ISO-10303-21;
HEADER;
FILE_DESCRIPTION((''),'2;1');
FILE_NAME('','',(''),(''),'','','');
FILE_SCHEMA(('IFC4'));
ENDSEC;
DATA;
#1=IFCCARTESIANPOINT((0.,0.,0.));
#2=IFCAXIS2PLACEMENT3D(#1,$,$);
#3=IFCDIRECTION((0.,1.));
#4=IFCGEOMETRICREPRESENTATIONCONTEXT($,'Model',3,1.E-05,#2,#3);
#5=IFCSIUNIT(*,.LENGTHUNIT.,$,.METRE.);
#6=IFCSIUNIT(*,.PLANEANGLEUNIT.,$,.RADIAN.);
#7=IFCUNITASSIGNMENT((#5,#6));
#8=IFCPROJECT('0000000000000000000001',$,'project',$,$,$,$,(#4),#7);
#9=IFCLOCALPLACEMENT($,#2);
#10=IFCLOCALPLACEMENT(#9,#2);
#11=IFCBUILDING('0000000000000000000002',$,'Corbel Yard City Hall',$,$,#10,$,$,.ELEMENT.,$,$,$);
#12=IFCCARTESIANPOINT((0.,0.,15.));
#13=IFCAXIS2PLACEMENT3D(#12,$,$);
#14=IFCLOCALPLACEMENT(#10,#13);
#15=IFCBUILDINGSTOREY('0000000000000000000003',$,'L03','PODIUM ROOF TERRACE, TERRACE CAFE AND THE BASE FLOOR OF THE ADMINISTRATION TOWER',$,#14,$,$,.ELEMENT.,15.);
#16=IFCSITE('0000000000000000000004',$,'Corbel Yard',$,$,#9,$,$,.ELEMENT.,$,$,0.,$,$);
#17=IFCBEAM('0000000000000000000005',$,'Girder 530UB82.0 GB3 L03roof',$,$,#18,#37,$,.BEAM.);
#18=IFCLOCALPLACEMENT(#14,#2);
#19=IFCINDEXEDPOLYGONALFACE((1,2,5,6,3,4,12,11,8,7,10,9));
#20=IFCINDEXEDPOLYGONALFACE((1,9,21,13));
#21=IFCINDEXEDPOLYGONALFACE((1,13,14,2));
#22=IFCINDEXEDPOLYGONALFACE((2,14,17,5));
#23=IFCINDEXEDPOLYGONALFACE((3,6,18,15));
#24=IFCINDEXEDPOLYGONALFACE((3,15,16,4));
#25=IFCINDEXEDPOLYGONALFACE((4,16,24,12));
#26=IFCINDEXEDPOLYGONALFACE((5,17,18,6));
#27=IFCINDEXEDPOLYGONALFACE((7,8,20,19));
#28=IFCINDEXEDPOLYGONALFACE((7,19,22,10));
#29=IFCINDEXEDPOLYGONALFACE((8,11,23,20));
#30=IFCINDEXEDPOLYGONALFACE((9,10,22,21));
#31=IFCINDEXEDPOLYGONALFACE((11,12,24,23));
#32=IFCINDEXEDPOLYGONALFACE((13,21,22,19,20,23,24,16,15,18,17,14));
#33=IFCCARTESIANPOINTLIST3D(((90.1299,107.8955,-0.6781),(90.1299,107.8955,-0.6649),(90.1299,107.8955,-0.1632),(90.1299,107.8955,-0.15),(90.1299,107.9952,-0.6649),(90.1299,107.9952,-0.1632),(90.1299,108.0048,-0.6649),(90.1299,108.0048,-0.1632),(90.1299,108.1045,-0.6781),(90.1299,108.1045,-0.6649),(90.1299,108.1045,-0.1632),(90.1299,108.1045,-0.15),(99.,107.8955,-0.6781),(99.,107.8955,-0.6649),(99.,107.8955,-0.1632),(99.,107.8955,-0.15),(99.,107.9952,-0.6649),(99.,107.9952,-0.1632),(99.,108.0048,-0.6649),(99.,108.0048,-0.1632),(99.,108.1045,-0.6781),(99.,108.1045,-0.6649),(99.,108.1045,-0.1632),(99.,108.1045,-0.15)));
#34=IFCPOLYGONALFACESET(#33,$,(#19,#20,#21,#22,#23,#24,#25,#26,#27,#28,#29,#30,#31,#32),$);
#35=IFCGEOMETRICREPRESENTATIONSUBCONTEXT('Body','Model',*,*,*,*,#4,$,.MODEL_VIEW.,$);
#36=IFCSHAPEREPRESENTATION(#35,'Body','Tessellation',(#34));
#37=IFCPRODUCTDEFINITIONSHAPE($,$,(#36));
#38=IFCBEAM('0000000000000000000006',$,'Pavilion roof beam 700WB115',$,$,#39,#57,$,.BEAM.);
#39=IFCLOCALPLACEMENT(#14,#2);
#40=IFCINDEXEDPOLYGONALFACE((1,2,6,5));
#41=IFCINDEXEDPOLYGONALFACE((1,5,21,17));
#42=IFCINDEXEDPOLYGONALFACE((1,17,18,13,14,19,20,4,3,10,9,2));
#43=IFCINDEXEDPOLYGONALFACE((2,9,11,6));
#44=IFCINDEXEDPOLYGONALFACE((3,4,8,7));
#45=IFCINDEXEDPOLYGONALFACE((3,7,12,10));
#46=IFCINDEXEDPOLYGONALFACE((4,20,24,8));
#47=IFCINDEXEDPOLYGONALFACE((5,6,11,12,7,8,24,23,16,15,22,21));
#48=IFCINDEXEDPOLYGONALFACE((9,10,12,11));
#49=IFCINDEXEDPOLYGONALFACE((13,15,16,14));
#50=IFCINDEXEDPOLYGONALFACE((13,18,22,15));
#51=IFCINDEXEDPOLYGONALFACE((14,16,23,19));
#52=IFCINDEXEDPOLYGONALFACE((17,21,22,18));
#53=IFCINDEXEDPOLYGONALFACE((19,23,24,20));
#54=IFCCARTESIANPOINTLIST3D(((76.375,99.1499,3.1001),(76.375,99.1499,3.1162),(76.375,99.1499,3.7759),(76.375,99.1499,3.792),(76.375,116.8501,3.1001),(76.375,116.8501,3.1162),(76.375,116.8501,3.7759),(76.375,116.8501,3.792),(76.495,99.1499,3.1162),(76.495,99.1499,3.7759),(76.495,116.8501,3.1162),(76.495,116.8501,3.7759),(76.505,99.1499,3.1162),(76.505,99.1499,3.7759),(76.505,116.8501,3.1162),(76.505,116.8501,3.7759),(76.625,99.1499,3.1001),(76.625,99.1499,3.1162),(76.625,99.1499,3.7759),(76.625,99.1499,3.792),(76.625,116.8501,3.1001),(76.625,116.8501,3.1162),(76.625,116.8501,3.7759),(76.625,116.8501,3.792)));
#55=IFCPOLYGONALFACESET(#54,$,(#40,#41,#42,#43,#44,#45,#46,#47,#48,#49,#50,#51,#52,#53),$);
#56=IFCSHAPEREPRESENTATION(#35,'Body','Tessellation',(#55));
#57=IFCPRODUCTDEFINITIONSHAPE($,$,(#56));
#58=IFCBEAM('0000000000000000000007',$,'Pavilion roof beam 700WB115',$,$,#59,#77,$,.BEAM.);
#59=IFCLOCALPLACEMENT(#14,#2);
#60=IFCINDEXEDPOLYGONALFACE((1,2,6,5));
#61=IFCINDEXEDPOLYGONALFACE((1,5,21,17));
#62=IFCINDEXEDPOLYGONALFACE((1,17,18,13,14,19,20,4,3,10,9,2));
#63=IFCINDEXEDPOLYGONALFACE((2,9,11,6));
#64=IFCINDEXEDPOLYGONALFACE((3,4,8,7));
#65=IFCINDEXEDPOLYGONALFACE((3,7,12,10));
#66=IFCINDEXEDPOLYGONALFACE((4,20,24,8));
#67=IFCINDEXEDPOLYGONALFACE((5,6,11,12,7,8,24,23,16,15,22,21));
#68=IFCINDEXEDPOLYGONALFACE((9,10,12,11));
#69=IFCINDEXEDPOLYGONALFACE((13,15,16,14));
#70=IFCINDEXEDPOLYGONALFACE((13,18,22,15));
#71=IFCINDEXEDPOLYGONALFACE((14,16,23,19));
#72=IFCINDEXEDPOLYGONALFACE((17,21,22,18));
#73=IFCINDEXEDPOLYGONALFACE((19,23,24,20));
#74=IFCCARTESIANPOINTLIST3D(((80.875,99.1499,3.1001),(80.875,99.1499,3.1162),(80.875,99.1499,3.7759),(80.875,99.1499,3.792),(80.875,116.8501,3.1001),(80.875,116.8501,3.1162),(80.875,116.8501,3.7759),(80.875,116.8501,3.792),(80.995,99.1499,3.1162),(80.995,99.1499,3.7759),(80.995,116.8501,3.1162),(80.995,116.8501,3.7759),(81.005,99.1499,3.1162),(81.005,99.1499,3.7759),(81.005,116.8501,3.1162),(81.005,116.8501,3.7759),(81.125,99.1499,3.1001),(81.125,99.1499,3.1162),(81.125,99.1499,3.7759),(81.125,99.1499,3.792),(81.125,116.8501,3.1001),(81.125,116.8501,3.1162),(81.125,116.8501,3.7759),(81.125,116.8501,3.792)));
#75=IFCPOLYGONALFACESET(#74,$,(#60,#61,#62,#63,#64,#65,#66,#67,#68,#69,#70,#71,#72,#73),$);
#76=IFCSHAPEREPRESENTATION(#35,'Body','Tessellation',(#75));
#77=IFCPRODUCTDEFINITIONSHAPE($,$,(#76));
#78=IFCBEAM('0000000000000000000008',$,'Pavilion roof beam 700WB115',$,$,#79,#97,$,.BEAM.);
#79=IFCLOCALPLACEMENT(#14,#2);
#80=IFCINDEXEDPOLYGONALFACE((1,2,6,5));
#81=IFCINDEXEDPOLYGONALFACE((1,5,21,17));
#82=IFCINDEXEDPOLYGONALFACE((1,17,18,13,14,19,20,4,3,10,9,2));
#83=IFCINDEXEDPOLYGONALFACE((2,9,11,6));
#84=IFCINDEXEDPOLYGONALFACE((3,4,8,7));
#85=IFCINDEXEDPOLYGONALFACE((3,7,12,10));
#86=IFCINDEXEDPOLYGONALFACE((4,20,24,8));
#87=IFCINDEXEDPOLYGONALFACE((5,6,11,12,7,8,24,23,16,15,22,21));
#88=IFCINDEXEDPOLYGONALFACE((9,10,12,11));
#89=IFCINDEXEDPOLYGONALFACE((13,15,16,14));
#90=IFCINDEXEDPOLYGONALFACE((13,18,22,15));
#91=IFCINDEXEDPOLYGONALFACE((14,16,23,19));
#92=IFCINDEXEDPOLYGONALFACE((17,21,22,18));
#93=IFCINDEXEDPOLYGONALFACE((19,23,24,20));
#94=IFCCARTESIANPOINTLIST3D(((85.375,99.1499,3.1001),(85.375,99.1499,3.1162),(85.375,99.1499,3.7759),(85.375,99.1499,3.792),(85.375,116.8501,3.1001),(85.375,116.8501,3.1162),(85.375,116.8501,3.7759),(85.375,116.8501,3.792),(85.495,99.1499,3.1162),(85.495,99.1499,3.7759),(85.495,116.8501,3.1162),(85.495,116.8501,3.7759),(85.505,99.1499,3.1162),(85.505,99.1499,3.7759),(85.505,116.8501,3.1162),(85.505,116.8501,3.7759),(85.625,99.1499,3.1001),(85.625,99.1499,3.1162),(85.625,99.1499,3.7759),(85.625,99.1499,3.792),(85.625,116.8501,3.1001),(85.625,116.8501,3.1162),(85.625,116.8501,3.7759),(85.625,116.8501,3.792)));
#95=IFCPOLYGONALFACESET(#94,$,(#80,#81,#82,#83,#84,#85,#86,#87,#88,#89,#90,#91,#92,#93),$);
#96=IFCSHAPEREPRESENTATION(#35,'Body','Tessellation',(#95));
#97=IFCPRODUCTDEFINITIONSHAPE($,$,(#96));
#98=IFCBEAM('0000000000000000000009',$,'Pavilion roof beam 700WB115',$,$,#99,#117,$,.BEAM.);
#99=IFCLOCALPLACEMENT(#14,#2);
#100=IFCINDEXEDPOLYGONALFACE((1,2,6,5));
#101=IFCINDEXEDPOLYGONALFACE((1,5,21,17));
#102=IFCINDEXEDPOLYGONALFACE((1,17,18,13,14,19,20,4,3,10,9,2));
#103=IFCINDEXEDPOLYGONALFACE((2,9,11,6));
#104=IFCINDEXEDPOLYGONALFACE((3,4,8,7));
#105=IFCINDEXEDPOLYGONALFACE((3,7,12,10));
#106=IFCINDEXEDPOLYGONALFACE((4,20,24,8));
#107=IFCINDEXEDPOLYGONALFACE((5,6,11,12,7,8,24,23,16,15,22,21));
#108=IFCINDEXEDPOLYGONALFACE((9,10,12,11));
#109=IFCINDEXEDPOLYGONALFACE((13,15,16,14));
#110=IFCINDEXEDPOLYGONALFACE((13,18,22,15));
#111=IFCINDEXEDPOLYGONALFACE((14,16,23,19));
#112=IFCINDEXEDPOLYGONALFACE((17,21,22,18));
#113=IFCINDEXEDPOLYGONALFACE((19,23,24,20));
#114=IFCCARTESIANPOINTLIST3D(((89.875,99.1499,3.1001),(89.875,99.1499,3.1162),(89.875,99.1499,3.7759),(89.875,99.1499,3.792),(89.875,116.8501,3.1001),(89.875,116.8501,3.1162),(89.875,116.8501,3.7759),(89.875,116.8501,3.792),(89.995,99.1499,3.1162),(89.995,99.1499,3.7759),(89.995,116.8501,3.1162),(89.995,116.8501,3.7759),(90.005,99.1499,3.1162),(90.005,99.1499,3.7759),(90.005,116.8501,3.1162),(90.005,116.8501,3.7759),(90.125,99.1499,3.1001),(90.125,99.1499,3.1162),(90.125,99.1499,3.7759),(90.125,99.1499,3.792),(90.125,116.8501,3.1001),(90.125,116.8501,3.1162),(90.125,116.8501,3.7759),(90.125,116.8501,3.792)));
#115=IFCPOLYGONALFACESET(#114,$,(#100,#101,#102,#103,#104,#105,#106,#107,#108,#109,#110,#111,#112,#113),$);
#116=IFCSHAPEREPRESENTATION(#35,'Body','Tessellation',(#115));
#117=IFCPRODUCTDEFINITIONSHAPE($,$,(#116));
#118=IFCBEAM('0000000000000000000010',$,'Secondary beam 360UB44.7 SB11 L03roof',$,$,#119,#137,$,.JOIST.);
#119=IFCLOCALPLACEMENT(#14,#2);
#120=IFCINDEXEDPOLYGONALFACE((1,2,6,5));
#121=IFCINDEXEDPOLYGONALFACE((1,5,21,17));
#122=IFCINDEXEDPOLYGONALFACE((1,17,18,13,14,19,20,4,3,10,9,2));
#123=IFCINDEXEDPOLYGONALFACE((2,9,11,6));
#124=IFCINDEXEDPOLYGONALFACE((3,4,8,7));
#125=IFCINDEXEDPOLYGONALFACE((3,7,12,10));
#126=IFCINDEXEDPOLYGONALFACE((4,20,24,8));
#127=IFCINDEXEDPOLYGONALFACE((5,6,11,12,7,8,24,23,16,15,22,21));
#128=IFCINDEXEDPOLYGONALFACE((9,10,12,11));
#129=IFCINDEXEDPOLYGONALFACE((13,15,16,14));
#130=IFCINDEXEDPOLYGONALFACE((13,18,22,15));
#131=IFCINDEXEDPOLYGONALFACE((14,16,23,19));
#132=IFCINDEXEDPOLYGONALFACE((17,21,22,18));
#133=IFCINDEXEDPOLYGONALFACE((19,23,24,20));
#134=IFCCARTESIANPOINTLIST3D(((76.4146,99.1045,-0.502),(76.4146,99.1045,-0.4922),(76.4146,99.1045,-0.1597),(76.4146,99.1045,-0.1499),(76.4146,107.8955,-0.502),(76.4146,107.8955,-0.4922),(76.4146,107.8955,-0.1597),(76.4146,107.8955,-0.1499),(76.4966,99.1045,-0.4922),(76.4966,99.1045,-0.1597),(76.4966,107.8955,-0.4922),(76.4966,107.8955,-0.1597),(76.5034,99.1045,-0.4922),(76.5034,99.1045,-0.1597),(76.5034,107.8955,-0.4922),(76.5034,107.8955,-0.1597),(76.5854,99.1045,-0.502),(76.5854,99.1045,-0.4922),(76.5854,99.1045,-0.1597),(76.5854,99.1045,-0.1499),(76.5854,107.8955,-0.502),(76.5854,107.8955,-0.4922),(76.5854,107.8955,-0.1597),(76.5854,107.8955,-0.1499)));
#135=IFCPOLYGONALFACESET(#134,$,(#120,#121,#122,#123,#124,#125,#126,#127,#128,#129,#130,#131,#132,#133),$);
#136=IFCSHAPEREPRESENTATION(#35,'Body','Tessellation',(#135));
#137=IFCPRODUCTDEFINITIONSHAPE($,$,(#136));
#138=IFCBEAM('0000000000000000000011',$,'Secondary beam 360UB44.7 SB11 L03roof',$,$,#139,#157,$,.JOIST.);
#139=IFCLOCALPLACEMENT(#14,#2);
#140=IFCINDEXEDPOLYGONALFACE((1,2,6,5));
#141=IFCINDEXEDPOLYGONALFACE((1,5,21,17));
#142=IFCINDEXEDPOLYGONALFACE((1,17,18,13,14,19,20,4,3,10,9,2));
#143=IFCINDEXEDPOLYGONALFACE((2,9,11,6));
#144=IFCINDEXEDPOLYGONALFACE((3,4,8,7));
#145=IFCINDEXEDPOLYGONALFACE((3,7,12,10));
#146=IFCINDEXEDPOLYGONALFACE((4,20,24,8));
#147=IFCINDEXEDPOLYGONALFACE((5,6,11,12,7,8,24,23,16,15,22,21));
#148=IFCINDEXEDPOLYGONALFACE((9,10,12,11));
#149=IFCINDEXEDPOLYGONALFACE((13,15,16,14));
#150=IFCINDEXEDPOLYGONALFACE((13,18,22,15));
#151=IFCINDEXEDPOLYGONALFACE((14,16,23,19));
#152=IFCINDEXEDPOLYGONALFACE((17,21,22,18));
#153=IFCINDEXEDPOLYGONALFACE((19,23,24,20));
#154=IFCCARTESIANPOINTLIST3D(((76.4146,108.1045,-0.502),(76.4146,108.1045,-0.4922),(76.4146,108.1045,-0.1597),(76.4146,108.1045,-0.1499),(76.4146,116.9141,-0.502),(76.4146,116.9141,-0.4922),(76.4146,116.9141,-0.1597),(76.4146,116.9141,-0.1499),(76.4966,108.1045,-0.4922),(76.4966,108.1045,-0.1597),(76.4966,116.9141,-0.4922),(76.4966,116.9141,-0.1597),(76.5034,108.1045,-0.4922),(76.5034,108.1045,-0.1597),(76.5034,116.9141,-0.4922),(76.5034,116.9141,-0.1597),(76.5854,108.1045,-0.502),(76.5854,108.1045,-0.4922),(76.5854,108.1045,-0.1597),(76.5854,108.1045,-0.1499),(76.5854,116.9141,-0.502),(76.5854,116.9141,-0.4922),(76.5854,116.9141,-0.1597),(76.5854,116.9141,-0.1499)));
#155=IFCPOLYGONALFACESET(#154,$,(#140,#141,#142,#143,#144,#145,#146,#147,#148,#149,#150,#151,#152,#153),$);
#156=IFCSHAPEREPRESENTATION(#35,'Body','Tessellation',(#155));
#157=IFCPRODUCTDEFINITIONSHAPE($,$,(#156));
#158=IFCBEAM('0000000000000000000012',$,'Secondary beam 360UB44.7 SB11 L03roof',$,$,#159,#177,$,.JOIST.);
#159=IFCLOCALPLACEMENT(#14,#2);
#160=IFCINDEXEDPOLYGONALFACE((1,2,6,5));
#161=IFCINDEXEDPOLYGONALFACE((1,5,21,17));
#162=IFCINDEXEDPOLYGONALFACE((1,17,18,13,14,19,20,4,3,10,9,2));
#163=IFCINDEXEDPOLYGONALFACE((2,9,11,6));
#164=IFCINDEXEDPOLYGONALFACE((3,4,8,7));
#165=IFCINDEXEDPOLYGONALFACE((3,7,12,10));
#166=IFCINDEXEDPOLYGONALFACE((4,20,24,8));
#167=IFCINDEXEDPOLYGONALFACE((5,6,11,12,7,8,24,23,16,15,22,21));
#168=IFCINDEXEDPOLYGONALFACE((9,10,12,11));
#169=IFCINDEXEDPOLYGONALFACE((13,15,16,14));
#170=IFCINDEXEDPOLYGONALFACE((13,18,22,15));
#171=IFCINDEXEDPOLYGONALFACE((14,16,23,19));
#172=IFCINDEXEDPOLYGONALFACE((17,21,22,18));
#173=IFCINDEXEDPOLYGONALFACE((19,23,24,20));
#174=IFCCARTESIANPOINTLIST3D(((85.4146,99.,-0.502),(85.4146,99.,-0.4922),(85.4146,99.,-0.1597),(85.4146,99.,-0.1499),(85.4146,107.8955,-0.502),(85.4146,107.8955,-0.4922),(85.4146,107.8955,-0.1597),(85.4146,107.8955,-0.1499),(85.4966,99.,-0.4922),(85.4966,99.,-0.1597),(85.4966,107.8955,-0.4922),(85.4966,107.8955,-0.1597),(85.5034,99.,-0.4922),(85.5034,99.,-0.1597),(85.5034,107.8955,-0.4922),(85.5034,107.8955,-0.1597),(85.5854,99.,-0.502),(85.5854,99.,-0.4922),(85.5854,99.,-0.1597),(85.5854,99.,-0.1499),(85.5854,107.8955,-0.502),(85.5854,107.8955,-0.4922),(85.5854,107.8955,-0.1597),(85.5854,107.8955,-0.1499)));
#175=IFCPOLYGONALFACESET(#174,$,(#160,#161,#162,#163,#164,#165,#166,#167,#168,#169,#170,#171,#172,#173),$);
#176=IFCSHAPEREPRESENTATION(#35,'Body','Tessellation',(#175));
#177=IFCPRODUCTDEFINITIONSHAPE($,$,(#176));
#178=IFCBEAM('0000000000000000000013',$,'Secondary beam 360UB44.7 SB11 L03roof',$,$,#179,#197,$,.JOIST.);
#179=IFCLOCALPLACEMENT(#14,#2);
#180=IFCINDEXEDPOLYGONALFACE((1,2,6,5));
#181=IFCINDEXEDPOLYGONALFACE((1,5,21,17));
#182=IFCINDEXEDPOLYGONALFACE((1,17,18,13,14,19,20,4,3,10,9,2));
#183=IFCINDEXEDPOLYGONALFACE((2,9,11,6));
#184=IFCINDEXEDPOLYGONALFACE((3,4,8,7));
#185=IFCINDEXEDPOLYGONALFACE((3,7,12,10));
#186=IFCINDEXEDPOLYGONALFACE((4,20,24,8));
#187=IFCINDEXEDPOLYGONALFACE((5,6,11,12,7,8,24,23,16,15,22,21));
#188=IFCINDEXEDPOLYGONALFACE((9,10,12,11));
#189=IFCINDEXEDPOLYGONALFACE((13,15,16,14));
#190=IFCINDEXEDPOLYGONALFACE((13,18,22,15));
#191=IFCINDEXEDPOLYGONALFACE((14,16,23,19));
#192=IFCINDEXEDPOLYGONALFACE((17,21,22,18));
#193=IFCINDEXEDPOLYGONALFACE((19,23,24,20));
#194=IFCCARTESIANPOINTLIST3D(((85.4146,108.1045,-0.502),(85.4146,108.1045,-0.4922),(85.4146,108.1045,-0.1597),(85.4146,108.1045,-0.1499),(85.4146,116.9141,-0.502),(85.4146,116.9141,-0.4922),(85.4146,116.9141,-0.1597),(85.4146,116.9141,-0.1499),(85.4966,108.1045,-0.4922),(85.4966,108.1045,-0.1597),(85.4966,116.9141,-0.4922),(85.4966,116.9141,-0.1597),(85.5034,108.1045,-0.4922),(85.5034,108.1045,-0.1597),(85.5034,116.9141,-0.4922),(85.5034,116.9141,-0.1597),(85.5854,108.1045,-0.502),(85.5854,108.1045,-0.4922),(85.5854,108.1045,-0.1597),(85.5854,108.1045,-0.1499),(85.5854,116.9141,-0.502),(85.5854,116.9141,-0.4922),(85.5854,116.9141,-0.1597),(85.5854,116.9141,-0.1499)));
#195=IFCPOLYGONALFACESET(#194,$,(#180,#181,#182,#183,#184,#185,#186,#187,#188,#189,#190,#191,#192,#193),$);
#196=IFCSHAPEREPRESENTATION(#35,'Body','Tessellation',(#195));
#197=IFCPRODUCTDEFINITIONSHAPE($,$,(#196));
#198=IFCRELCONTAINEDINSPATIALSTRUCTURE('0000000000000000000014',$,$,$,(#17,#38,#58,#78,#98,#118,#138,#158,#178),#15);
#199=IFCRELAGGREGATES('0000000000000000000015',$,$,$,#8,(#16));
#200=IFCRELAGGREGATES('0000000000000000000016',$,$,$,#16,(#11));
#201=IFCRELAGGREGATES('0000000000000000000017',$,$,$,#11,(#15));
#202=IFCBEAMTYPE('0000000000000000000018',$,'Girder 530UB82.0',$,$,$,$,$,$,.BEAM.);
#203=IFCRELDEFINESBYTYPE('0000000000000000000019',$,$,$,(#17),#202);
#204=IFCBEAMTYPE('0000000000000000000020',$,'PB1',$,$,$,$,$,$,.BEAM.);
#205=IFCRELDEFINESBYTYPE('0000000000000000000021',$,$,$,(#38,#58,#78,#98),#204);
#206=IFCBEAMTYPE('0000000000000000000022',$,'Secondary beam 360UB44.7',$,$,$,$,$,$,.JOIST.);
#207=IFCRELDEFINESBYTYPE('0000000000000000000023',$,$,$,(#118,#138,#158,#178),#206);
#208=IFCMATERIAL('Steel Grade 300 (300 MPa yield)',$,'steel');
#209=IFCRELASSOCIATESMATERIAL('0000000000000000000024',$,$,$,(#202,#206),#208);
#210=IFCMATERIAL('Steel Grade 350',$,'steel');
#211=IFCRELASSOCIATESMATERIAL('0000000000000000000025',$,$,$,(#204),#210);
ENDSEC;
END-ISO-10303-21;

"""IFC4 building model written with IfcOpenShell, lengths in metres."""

from ifc_helpers import new_model, si_unit, direction, frame, origin, origin_2d, place, context, subcontext, project, spatial, i_section, extrude, material, material_profile, profile_set, type_object, element, save


model = new_model("IFC4")

# Units and contexts
model_context = context("Model", 3, precision=1e-05, world=origin(), true_north=direction((0.0, 1.0)))
body_context = subcontext(model_context, "Body", "Model", "MODEL_VIEW")
ifc_project = project(units=[si_unit("LENGTHUNIT", "METRE"), si_unit("PLANEANGLEUNIT", "RADIAN")], contexts=[model_context])

# Site, building, storey
site_placement = place(None, origin())
site = spatial("IfcSite", under=ifc_project, at=site_placement, Name="Corbel Yard", CompositionType="ELEMENT", RefElevation=0.0)
building_placement = place(site_placement, origin())
building = spatial("IfcBuilding", under=site, at=building_placement, Name="Corbel Yard City Hall", CompositionType="ELEMENT")
storey_placement = place(building_placement, frame((0.0, 0.0, 15.0)))
storey = spatial("IfcBuildingStorey", under=building, at=storey_placement, Name="L03", Description="PODIUM ROOF TERRACE, TERRACE CAFE AND THE BASE FLOOR OF THE ADMINISTRATION TOWER", CompositionType="ELEMENT", Elevation=15.0)

# Beams
ifc_material_1 = material(Name="Steel Grade 300 (300 MPa yield)", Category="steel")
ifc_material_profile_1 = material_profile(ifc_material_1, i_section(OverallWidth=0.209, OverallDepth=0.5281, WebThickness=0.0095, FlangeThickness=0.0132, at=origin_2d()), Name="530UB82.0")
ifc_profile_set_1 = profile_set([ifc_material_profile_1], Name="Steel Grade 300 (300 MPa yield)")
beam_type_1 = type_object("IfcBeamType", Name="Girder 530UB82.0", PredefinedType="BEAM", material=ifc_profile_set_1)
beam_1_placement = place(storey_placement, frame((90.1299, 108.0, -0.4141), z_axis=(1.0, 0.0, 0.0), x_axis=(0.0, 1.0, 0.0)))
element("IfcBeam", 1, at=beam_1_placement, inside=storey, type_object=beam_type_1, Name="Girder 530UB82.0 GB3 L03roof", PredefinedType="BEAM", context=body_context, shape_type="SweptSolid", body=[
    extrude(i_section(OverallWidth=0.209, OverallDepth=0.5281, WebThickness=0.0095, FlangeThickness=0.0132, at=origin_2d()), origin(), (0.0, 0.0, 1.0), 8.8701),
])
ifc_material_2 = material(Name="Steel Grade 350", Category="steel")
ifc_material_profile_2 = material_profile(ifc_material_2, i_section(OverallWidth=0.25, OverallDepth=0.6919, WebThickness=0.01, FlangeThickness=0.0161, at=origin_2d()), Name="700WB115")
ifc_profile_set_2 = profile_set([ifc_material_profile_2], Name="Steel Grade 350")
beam_type_2 = type_object("IfcBeamType", Name="PB1", PredefinedType="BEAM", material=ifc_profile_set_2)
for number, where, z_axis, x_axis, name in (
    (2, (76.5, 99.1499, 3.446), (0.0, 1.0, 0.0), (-1.0, 0.0, 0.0), "Pavilion roof beam 700WB115"),
    (3, (81.0, 99.1499, 3.446), (0.0, 1.0, 0.0), (-1.0, 0.0, 0.0), "Pavilion roof beam 700WB115"),
    (4, (85.5, 99.1499, 3.446), (0.0, 1.0, 0.0), (-1.0, 0.0, 0.0), "Pavilion roof beam 700WB115"),
    (5, (90.0, 99.1499, 3.446), (0.0, 1.0, 0.0), (-1.0, 0.0, 0.0), "Pavilion roof beam 700WB115"),
):
    element("IfcBeam", number, at=place(storey_placement, frame(where, z_axis=z_axis, x_axis=x_axis)), inside=storey, type_object=beam_type_2, Name=name, PredefinedType="BEAM", context=body_context, shape_type="SweptSolid", body=[
        extrude(i_section(OverallWidth=0.25, OverallDepth=0.6919, WebThickness=0.01, FlangeThickness=0.0161, at=origin_2d()), origin(), (0.0, 0.0, 1.0), 17.7002),
    ])
ifc_material_profile_3 = material_profile(ifc_material_1, i_section(OverallWidth=0.1709, OverallDepth=0.3521, WebThickness=0.0068, FlangeThickness=0.0098, at=origin_2d()), Name="360UB44.7")
ifc_profile_set_3 = profile_set([ifc_material_profile_3], Name="Steel Grade 300 (300 MPa yield)")
beam_type_3 = type_object("IfcBeamType", Name="Secondary beam 360UB44.7", PredefinedType="JOIST", material=ifc_profile_set_3)
beam_2_placement = place(storey_placement, frame((76.5, 99.1045, -0.3259), z_axis=(0.0, 1.0, 0.0), x_axis=(-1.0, 0.0, 0.0)))
element("IfcBeam", 6, at=beam_2_placement, inside=storey, type_object=beam_type_3, Name="Secondary beam 360UB44.7 SB11 L03roof", PredefinedType="JOIST", context=body_context, shape_type="SweptSolid", body=[
    extrude(i_section(OverallWidth=0.1709, OverallDepth=0.3521, WebThickness=0.0068, FlangeThickness=0.0098, at=origin_2d()), origin(), (0.0, 0.0, 1.0), 8.791),
])
beam_3_placement = place(storey_placement, frame((76.5, 108.1045, -0.3259), z_axis=(0.0, 1.0, 0.0), x_axis=(-1.0, 0.0, 0.0)))
element("IfcBeam", 7, at=beam_3_placement, inside=storey, type_object=beam_type_3, Name="Secondary beam 360UB44.7 SB11 L03roof", PredefinedType="JOIST", context=body_context, shape_type="SweptSolid", body=[
    extrude(i_section(OverallWidth=0.1709, OverallDepth=0.3521, WebThickness=0.0068, FlangeThickness=0.0098, at=origin_2d()), origin(), (0.0, 0.0, 1.0), 8.8096),
])
beam_4_placement = place(storey_placement, frame((85.5, 99.0, -0.3259), z_axis=(0.0, 1.0, 0.0), x_axis=(-1.0, 0.0, 0.0)))
element("IfcBeam", 8, at=beam_4_placement, inside=storey, type_object=beam_type_3, Name="Secondary beam 360UB44.7 SB11 L03roof", PredefinedType="JOIST", context=body_context, shape_type="SweptSolid", body=[
    extrude(i_section(OverallWidth=0.1709, OverallDepth=0.3521, WebThickness=0.0068, FlangeThickness=0.0098, at=origin_2d()), origin(), (0.0, 0.0, 1.0), 8.8955),
])
beam_5_placement = place(storey_placement, frame((85.5, 108.1045, -0.3259), z_axis=(0.0, 1.0, 0.0), x_axis=(-1.0, 0.0, 0.0)))
element("IfcBeam", 9, at=beam_5_placement, inside=storey, type_object=beam_type_3, Name="Secondary beam 360UB44.7 SB11 L03roof", PredefinedType="JOIST", context=body_context, shape_type="SweptSolid", body=[
    extrude(i_section(OverallWidth=0.1709, OverallDepth=0.3521, WebThickness=0.0068, FlangeThickness=0.0098, at=origin_2d()), origin(), (0.0, 0.0, 1.0), 8.8096),
])

save(model, "model.ifc")
